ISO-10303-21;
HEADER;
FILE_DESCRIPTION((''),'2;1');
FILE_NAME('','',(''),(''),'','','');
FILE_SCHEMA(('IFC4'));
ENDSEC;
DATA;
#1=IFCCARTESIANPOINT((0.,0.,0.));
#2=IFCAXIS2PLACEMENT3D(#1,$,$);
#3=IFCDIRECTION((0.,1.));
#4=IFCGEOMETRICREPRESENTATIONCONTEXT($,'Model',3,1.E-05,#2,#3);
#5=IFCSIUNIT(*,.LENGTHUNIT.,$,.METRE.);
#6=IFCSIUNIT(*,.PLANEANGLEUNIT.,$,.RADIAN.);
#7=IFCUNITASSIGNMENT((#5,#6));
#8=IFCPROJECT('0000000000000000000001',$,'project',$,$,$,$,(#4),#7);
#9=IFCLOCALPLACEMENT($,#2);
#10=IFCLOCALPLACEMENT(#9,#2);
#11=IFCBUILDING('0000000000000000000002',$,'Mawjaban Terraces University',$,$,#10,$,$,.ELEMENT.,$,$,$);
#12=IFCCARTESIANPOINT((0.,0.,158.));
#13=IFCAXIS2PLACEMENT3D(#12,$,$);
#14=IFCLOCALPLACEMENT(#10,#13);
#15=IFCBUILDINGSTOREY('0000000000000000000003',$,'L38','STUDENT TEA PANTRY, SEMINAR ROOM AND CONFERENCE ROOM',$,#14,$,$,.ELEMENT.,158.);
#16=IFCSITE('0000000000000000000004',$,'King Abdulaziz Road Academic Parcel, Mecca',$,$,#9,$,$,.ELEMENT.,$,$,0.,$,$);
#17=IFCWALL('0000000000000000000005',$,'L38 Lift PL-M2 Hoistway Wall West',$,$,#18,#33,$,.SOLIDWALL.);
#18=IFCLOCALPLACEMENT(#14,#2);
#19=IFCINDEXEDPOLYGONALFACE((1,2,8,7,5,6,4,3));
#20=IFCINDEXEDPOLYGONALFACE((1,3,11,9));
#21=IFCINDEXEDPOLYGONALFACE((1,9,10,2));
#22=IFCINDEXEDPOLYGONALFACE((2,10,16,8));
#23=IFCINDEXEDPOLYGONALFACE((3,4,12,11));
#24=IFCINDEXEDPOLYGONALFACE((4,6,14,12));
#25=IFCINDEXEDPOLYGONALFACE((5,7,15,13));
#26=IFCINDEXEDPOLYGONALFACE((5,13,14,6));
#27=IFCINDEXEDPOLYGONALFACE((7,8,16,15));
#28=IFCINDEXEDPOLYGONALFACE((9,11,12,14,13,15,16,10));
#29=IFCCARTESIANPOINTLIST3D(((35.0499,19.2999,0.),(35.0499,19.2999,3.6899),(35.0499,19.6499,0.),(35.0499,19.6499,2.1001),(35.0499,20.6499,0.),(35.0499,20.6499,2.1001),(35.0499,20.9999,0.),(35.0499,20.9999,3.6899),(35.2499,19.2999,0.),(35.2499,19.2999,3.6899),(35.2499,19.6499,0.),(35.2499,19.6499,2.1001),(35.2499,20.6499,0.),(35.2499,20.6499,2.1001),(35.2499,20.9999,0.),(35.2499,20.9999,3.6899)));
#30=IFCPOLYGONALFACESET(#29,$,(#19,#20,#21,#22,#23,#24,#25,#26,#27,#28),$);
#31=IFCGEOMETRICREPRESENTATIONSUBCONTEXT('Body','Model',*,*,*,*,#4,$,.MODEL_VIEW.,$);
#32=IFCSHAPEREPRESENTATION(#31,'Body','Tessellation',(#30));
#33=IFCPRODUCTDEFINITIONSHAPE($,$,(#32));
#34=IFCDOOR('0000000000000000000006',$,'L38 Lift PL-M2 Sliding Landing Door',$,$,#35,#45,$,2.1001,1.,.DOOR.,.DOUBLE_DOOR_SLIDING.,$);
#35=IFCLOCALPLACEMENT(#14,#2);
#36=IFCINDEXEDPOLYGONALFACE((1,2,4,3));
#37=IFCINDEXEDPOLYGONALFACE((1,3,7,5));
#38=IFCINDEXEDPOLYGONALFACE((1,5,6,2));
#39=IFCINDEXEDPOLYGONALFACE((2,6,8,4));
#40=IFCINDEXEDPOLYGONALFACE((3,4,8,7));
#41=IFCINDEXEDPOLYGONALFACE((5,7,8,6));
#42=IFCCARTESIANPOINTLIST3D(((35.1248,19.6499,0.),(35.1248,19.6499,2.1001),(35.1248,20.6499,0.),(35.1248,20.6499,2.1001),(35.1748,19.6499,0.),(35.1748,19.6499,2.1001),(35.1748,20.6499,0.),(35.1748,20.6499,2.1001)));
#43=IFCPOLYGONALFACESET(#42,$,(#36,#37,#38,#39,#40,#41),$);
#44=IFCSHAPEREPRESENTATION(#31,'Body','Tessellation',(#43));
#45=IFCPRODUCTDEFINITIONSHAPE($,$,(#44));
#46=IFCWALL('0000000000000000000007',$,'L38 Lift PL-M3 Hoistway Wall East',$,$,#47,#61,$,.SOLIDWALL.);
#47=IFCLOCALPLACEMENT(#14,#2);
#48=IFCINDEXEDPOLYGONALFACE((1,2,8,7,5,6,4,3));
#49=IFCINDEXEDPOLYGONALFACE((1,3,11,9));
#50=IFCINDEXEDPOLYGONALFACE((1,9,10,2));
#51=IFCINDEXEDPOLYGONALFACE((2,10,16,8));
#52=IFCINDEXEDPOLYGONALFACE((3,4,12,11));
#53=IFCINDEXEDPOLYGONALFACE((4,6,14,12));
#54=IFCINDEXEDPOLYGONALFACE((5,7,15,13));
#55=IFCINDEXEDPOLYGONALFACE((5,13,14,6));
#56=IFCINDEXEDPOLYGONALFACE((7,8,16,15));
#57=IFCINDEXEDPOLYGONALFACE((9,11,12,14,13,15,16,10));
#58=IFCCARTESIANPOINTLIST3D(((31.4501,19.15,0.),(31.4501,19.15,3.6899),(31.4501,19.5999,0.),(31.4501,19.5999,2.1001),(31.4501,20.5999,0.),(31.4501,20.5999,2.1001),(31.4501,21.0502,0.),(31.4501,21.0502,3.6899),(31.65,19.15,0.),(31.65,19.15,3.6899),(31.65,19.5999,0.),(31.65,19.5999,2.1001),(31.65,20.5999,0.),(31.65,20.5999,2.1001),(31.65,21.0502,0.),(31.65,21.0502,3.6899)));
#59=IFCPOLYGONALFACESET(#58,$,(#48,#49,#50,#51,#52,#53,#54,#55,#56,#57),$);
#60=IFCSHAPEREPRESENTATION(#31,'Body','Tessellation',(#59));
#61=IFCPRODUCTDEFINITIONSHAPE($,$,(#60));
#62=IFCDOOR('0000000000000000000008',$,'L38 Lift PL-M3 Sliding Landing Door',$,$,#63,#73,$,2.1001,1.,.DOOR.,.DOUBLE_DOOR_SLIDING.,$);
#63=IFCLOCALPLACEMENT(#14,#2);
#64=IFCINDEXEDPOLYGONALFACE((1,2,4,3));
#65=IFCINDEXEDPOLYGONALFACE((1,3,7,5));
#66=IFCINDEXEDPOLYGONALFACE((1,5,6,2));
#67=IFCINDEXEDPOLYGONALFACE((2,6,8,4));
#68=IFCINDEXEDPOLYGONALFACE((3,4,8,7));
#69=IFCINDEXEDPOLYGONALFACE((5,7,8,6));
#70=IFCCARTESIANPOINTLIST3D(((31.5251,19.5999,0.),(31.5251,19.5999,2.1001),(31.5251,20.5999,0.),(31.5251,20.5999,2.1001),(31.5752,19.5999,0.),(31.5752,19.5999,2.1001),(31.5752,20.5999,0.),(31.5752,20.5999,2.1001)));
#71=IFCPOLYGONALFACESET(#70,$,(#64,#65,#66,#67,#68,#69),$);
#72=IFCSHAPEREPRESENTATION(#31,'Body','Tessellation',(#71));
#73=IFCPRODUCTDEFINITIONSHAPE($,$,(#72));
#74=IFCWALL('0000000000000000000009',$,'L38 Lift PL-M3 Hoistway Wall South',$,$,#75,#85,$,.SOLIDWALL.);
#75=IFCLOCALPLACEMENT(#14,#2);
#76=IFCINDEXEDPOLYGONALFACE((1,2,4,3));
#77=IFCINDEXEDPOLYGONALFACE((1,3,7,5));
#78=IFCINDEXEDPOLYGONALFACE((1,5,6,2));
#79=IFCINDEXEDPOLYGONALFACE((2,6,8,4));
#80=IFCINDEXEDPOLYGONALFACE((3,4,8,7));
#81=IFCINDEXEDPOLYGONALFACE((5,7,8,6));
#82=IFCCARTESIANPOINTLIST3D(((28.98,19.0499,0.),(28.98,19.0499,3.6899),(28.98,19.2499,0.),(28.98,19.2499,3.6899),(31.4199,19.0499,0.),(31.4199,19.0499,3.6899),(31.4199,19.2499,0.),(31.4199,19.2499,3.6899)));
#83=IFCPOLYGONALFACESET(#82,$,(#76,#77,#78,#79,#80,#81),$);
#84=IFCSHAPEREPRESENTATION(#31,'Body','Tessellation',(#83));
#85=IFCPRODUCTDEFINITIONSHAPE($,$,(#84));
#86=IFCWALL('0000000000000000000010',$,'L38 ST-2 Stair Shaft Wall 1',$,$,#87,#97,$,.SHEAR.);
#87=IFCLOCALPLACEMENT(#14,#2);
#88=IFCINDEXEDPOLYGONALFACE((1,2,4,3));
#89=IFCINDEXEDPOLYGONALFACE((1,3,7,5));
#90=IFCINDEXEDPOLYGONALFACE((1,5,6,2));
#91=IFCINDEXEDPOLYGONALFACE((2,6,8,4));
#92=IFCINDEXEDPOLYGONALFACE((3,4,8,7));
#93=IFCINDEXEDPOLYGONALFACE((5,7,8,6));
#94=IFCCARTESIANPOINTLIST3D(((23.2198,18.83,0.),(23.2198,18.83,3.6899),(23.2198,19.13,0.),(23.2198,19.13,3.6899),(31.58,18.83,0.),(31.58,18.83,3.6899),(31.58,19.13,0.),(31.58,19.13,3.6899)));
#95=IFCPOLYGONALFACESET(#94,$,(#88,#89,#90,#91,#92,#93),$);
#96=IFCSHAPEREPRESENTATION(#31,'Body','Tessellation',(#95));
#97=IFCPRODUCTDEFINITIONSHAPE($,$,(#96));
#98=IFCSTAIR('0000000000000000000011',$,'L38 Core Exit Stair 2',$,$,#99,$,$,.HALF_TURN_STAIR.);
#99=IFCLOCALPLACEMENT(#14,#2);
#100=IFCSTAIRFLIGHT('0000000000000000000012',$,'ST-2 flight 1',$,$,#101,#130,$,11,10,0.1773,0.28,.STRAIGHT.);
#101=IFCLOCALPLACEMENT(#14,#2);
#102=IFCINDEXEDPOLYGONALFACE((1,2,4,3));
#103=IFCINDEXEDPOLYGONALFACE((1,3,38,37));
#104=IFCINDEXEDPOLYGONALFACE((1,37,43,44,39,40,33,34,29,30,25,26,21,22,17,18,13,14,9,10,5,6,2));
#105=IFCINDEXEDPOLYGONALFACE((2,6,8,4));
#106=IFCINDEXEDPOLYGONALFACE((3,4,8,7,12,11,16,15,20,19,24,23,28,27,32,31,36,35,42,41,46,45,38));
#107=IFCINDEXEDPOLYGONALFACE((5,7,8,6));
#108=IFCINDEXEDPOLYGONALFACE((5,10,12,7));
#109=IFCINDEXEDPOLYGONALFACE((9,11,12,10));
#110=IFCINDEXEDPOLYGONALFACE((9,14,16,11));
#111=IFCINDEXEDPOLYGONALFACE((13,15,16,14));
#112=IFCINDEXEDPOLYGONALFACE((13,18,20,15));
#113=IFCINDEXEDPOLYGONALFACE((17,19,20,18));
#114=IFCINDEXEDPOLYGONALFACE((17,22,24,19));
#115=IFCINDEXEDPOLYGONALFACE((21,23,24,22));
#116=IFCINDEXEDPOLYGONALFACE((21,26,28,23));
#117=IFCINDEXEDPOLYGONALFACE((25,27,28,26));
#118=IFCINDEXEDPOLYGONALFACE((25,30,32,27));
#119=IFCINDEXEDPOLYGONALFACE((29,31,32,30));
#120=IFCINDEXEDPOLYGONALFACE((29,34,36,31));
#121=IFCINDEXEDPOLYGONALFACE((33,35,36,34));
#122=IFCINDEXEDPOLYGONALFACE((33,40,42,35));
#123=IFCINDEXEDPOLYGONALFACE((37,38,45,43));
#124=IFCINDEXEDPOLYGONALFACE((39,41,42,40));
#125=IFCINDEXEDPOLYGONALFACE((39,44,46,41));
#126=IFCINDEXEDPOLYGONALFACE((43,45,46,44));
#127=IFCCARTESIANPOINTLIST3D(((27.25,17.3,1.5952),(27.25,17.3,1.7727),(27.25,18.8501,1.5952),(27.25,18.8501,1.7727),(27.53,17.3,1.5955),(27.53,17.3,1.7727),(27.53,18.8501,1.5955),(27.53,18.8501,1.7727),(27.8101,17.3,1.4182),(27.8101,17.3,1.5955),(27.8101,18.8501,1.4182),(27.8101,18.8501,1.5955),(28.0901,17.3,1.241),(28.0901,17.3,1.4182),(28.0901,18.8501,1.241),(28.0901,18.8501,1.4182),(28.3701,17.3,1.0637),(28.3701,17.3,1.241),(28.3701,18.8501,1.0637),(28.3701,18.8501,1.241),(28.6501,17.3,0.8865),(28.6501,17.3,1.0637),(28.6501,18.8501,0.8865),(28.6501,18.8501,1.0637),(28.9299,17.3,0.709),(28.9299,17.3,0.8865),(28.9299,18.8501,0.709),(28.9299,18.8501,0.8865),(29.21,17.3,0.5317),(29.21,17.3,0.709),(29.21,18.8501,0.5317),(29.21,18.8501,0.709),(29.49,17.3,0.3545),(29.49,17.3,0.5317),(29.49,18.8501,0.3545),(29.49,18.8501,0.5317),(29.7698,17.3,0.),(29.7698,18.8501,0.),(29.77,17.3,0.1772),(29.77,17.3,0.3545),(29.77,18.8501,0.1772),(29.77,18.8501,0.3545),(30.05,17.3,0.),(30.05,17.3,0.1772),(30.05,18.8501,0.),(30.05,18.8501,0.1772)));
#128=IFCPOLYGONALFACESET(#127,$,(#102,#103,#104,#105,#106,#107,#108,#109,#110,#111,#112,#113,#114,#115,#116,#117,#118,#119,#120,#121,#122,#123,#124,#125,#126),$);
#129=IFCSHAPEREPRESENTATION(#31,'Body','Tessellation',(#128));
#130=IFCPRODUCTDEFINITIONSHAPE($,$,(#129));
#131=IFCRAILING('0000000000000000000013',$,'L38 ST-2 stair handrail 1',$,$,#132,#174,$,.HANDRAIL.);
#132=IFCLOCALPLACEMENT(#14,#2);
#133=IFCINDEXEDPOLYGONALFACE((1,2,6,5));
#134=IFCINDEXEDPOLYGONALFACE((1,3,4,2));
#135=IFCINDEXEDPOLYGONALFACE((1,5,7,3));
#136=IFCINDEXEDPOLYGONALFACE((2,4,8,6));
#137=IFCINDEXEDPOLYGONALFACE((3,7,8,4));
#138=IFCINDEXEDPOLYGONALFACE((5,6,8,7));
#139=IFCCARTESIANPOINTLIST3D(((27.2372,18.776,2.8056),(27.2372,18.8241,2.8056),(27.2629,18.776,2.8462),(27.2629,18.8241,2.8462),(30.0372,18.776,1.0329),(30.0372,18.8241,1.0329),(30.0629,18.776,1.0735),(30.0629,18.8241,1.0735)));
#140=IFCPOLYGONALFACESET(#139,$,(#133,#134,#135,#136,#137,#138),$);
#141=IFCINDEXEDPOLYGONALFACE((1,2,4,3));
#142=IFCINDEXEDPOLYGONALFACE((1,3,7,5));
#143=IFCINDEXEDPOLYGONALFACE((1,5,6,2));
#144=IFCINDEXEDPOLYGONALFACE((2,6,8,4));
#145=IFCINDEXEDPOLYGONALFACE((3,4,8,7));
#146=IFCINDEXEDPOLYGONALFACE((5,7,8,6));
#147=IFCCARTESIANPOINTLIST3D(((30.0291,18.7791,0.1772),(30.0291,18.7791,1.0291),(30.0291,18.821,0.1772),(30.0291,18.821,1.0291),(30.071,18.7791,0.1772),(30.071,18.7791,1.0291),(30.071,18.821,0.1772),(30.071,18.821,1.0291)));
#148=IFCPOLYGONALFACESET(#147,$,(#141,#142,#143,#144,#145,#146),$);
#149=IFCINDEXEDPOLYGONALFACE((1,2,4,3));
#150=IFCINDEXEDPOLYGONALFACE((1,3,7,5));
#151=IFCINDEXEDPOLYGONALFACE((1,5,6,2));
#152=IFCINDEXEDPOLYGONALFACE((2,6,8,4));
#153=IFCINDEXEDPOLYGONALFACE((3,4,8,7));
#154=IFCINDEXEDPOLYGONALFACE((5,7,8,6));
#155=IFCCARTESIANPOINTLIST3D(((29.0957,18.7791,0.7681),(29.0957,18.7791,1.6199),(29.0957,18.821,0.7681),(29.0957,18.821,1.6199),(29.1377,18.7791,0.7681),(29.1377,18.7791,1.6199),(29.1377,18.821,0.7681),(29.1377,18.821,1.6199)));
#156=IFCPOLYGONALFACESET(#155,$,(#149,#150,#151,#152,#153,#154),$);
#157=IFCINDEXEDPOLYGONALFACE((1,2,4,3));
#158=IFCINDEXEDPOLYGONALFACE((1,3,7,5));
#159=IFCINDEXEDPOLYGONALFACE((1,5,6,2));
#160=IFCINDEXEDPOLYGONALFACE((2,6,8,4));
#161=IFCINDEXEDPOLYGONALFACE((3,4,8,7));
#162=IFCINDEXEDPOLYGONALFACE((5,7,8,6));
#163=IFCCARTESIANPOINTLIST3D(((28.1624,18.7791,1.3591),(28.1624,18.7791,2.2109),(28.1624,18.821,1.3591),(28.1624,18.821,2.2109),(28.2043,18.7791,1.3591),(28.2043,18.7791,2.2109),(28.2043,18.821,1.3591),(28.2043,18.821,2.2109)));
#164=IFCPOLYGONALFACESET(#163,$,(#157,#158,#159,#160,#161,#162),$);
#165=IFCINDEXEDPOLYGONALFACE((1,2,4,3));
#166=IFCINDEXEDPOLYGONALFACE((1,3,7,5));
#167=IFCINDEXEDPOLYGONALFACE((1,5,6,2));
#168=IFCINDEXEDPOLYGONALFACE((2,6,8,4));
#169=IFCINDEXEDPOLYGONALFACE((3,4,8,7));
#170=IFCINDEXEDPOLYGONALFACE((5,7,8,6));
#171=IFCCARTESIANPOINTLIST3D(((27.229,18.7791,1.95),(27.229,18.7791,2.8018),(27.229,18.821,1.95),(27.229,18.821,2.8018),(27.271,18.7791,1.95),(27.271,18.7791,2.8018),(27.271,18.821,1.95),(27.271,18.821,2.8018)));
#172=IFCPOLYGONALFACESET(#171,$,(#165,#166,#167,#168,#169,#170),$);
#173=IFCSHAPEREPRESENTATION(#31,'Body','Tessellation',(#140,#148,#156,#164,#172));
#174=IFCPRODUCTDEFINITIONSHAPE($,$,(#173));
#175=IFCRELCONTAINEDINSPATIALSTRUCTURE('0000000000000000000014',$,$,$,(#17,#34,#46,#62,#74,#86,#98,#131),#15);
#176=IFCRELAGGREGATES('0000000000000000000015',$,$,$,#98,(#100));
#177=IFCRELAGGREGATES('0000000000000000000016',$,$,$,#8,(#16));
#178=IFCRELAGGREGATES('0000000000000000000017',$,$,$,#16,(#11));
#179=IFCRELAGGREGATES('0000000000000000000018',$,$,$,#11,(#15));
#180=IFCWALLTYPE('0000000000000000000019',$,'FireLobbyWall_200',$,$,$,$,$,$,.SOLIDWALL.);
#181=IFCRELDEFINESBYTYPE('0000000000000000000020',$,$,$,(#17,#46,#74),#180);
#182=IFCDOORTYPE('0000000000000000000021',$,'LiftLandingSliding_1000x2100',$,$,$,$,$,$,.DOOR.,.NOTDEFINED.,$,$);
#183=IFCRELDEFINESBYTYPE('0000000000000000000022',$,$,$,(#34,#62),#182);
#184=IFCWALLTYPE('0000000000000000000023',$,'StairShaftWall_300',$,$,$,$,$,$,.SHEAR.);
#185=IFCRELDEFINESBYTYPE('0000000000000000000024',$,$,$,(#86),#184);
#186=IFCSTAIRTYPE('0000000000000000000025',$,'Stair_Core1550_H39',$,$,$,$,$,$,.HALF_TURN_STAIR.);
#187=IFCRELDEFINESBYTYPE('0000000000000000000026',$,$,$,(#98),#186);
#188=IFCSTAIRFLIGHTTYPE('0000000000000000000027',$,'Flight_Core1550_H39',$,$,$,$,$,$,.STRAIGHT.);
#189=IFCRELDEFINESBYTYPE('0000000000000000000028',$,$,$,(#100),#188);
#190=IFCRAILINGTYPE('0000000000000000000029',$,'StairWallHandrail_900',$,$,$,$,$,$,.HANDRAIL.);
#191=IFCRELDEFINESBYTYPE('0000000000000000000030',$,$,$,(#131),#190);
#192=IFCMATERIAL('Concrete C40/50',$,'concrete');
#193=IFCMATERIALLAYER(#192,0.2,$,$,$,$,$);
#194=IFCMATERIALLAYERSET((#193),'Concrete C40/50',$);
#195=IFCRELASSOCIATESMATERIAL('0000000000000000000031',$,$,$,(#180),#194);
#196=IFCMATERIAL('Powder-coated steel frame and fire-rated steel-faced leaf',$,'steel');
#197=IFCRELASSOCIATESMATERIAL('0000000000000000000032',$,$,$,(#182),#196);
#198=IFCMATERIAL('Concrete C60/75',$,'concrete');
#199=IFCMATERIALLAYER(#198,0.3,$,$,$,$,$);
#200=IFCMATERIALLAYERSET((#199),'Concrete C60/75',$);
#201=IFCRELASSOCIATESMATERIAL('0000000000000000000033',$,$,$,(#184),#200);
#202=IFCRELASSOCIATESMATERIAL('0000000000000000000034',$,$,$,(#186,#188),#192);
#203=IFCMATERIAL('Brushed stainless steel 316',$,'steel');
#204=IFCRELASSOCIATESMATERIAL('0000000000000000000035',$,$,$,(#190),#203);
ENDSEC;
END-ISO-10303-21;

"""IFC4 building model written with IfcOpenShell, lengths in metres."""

from ifc_helpers import new_model, si_unit, direction, frame, frame_2d, origin, origin_2d, place, context, subcontext, project, spatial, polyline, rectangle, outline, extrude, material, layer, layer_set, type_object, element, fill, aggregate, save


model = new_model("IFC4")

# Units and contexts
model_context = context("Model", 3, precision=1e-05, world=origin(), true_north=direction((0.0, 1.0)))
body_context = subcontext(model_context, "Body", "Model", "MODEL_VIEW")
ifc_project = project(units=[si_unit("LENGTHUNIT", "METRE"), si_unit("PLANEANGLEUNIT", "RADIAN")], contexts=[model_context])

# Site, building, storey
site_placement = place(None, origin())
site = spatial("IfcSite", under=ifc_project, at=site_placement, Name="King Abdulaziz Road Academic Parcel, Mecca", CompositionType="ELEMENT", RefElevation=0.0)
building_placement = place(site_placement, origin())
building = spatial("IfcBuilding", under=site, at=building_placement, Name="Mawjaban Terraces University", CompositionType="ELEMENT")
storey_placement = place(building_placement, frame((0.0, 0.0, 158.0)))
storey = spatial("IfcBuildingStorey", under=building, at=storey_placement, Name="L38", Description="STUDENT TEA PANTRY, SEMINAR ROOM AND CONFERENCE ROOM", CompositionType="ELEMENT", Elevation=158.0)

# Shared definitions
ifc_material_1 = material(Name="Concrete C40/50", Category="concrete")
ifc_layer_1 = layer(ifc_material_1, 0.2)
ifc_layer_set_1 = layer_set([ifc_layer_1], Name="Concrete C40/50")
wall_type_1 = type_object("IfcWallType", Name="FireLobbyWall_200", PredefinedType="SOLIDWALL", material=ifc_layer_set_1)

# Walls, openings, doors
ifc_material_2 = material(Name="Powder-coated steel frame and fire-rated steel-faced leaf", Category="steel")
door_type_1 = type_object("IfcDoorType", Name="LiftLandingSliding_1000x2100", OperationType="NOTDEFINED", PredefinedType="DOOR", material=ifc_material_2)
wall_1_placement = place(storey_placement, frame((35.1499, 21.0, 0.0), z_axis=(0.0, 0.0, 1.0), x_axis=(0.0, -1.0, 0.0)))
wall_1 = element("IfcWall", 1, at=wall_1_placement, inside=storey, type_object=wall_type_1, Name="L38 Lift PL-M2 Hoistway Wall West", PredefinedType="SOLIDWALL", context=body_context, shape_type="SweptSolid", body=[
    extrude(rectangle(XDim=1.7, YDim=0.2, at=frame_2d((0.8501, 0.0))), origin(), (0.0, 0.0, 1.0), 3.6899),
])
opening_1_placement = place(wall_1_placement, frame((0.3501, 0.0, 0.0)))
opening_1 = element("IfcOpeningElement", 2, at=opening_1_placement, cuts=wall_1, PredefinedType="OPENING", context=body_context, shape_type="SweptSolid", body=[
    extrude(rectangle(XDim=1.0, YDim=2.1001, at=frame_2d((0.5, 1.05))), frame((0.0, 0.1099, 0.0), z_axis=(0.0, -1.0, 0.0), x_axis=(1.0, 0.0, 0.0)), (0.0, 0.0, 1.0), 0.22),
])
door_1_placement = place(opening_1_placement, origin())
door_1 = element("IfcDoor", 3, at=door_1_placement, inside=storey, type_object=door_type_1, Name="L38 Lift PL-M2 Sliding Landing Door", OperationType="DOUBLE_DOOR_SLIDING", OverallHeight=2.1001, OverallWidth=1.0, PredefinedType="DOOR", context=body_context, shape_type="SweptSolid", body=[
    extrude(rectangle(XDim=1.0, YDim=2.1001, at=frame_2d((0.5, 1.05))), frame((0.0, 0.0249, 0.0), z_axis=(0.0, -1.0, 0.0), x_axis=(1.0, 0.0, 0.0)), (0.0, 0.0, 1.0), 0.05),
])
fill(opening_1, door_1)
wall_2_placement = place(storey_placement, frame((31.55, 19.1499, 0.0), z_axis=(0.0, 0.0, 1.0), x_axis=(0.0, 1.0, 0.0)))
wall_2 = element("IfcWall", 4, at=wall_2_placement, inside=storey, type_object=wall_type_1, Name="L38 Lift PL-M3 Hoistway Wall East", PredefinedType="SOLIDWALL", context=body_context, shape_type="SweptSolid", body=[
    extrude(rectangle(XDim=1.9001, YDim=0.2, at=frame_2d((0.9502, 0.0))), origin(), (0.0, 0.0, 1.0), 3.6899),
])
opening_2_placement = place(wall_2_placement, frame((0.45, 0.0, 0.0)))
opening_2 = element("IfcOpeningElement", 5, at=opening_2_placement, cuts=wall_2, PredefinedType="OPENING", context=body_context, shape_type="SweptSolid", body=[
    extrude(rectangle(XDim=1.0, YDim=2.1001, at=frame_2d((0.5, 1.05))), frame((0.0, 0.1099, 0.0), z_axis=(0.0, -1.0, 0.0), x_axis=(1.0, 0.0, 0.0)), (0.0, 0.0, 1.0), 0.22),
])
door_2_placement = place(opening_2_placement, origin())
door_2 = element("IfcDoor", 6, at=door_2_placement, inside=storey, type_object=door_type_1, Name="L38 Lift PL-M3 Sliding Landing Door", OperationType="DOUBLE_DOOR_SLIDING", OverallHeight=2.1001, OverallWidth=1.0, PredefinedType="DOOR", context=body_context, shape_type="SweptSolid", body=[
    extrude(rectangle(XDim=1.0, YDim=2.1001, at=frame_2d((0.5, 1.05))), frame((0.0, 0.0249, 0.0), z_axis=(0.0, -1.0, 0.0), x_axis=(1.0, 0.0, 0.0)), (0.0, 0.0, 1.0), 0.05),
])
fill(opening_2, door_2)

# Walls
wall_3_placement = place(storey_placement, frame((28.98, 19.1499, 0.0), z_axis=(0.0, 0.0, 1.0), x_axis=(1.0, 0.0, 0.0)))
element("IfcWall", 7, at=wall_3_placement, inside=storey, type_object=wall_type_1, Name="L38 Lift PL-M3 Hoistway Wall South", PredefinedType="SOLIDWALL", context=body_context, shape_type="SweptSolid", body=[
    extrude(rectangle(XDim=2.4399, YDim=0.2, at=frame_2d((1.22, 0.0))), origin(), (0.0, 0.0, 1.0), 3.6899),
])
ifc_material_3 = material(Name="Concrete C60/75", Category="concrete")
ifc_layer_2 = layer(ifc_material_3, 0.3)
ifc_layer_set_2 = layer_set([ifc_layer_2], Name="Concrete C60/75")
wall_type_2 = type_object("IfcWallType", Name="StairShaftWall_300", PredefinedType="SHEAR", material=ifc_layer_set_2)
wall_4_placement = place(storey_placement, frame((31.5801, 18.98, 0.0), z_axis=(0.0, 0.0, 1.0), x_axis=(-1.0, 0.0, 0.0)))
element("IfcWall", 8, at=wall_4_placement, inside=storey, type_object=wall_type_2, Name="L38 ST-2 Stair Shaft Wall 1", PredefinedType="SHEAR", context=body_context, shape_type="SweptSolid", body=[
    extrude(rectangle(XDim=8.3601, YDim=0.3, at=frame_2d((4.1802, 0.0))), origin(), (0.0, 0.0, 1.0), 3.6899),
])

# Stair, stair flight
stair_type = type_object("IfcStairType", Name="Stair_Core1550_H39", PredefinedType="HALF_TURN_STAIR", material=ifc_material_1)
stair_placement = place(storey_placement, origin())
stair = element("IfcStair", 9, at=stair_placement, inside=storey, type_object=stair_type, Name="L38 Core Exit Stair 2", PredefinedType="HALF_TURN_STAIR")
stair_flight_type = type_object("IfcStairFlightType", Name="Flight_Core1550_H39", PredefinedType="STRAIGHT", material=ifc_material_1)
stair_flight_placement = place(storey_placement, frame((30.05, 18.075, 0.0), z_axis=(0.0, 0.0, 1.0), x_axis=(-1.0, 0.0, 0.0)))
stair_flight = element("IfcStairFlight", 10, at=stair_flight_placement, type_object=stair_flight_type, Name="ST-2 flight 1", NumberOfRisers=11, NumberOfTreads=10, PredefinedType="STRAIGHT", RiserHeight=0.1773, TreadLength=0.28, context=body_context, shape_type="SweptSolid", body=[
    extrude(outline(polyline([(0.0, 0.0), (0.0, 0.1772), (0.28, 0.1772), (0.28, 0.3545), (0.5601, 0.3545), (0.5601, 0.5317), (0.8401, 0.5317), (0.8401, 0.709), (1.1201, 0.709), (1.1201, 0.8865), (1.3999, 0.8865), (1.3999, 1.0637), (1.6799, 1.0637), (1.6799, 1.241), (1.96, 1.241), (1.96, 1.4182), (2.24, 1.4182), (2.24, 1.5955), (2.52, 1.5955), (2.52, 1.7727), (2.8, 1.7727), (2.8, 1.95), (2.8, 1.5952), (0.2803, 0.0), (0.0, 0.0)])), frame((0.0, 0.7749, 0.0), z_axis=(0.0, -1.0, 0.0), x_axis=(1.0, 0.0, 0.0)), (0.0, 0.0, 1.0), 1.55),
])
aggregate(stair, [stair_flight])

# Railing
ifc_material_4 = material(Name="Brushed stainless steel 316", Category="steel")
railing_type_1 = type_object("IfcRailingType", Name="StairWallHandrail_900", PredefinedType="HANDRAIL", material=ifc_material_4)
railing_1_placement = place(storey_placement, frame((30.05, 18.8, 0.1772)))
element("IfcRailing", 11, at=railing_1_placement, inside=storey, type_object=railing_type_1, Name="L38 ST-2 stair handrail 1", PredefinedType="HANDRAIL", context=body_context, shape_type="SweptSolid", body=[
    extrude(rectangle(XDim=0.0481, YDim=0.0481, at=origin_2d()), frame((0.0, 0.0, 0.876), z_axis=(-0.844909, 0.0, 0.53491), x_axis=(0.0, -1.0, 0.0)), (0.0, 0.0, 1.0), 3.314),
    extrude(rectangle(XDim=0.042, YDim=0.042, at=origin_2d()), origin(), (0.0, 0.0, 1.0), 0.8518),
    extrude(rectangle(XDim=0.042, YDim=0.042, at=origin_2d()), frame((-0.9333, 0.0, 0.5908)), (0.0, 0.0, 1.0), 0.8518),
    extrude(rectangle(XDim=0.042, YDim=0.042, at=origin_2d()), frame((-1.8667, 0.0, 1.1819)), (0.0, 0.0, 1.0), 0.8518),
    extrude(rectangle(XDim=0.042, YDim=0.042, at=origin_2d()), frame((-2.8, 0.0, 1.7727)), (0.0, 0.0, 1.0), 0.8518),
])

save(model, "model.ifc")
